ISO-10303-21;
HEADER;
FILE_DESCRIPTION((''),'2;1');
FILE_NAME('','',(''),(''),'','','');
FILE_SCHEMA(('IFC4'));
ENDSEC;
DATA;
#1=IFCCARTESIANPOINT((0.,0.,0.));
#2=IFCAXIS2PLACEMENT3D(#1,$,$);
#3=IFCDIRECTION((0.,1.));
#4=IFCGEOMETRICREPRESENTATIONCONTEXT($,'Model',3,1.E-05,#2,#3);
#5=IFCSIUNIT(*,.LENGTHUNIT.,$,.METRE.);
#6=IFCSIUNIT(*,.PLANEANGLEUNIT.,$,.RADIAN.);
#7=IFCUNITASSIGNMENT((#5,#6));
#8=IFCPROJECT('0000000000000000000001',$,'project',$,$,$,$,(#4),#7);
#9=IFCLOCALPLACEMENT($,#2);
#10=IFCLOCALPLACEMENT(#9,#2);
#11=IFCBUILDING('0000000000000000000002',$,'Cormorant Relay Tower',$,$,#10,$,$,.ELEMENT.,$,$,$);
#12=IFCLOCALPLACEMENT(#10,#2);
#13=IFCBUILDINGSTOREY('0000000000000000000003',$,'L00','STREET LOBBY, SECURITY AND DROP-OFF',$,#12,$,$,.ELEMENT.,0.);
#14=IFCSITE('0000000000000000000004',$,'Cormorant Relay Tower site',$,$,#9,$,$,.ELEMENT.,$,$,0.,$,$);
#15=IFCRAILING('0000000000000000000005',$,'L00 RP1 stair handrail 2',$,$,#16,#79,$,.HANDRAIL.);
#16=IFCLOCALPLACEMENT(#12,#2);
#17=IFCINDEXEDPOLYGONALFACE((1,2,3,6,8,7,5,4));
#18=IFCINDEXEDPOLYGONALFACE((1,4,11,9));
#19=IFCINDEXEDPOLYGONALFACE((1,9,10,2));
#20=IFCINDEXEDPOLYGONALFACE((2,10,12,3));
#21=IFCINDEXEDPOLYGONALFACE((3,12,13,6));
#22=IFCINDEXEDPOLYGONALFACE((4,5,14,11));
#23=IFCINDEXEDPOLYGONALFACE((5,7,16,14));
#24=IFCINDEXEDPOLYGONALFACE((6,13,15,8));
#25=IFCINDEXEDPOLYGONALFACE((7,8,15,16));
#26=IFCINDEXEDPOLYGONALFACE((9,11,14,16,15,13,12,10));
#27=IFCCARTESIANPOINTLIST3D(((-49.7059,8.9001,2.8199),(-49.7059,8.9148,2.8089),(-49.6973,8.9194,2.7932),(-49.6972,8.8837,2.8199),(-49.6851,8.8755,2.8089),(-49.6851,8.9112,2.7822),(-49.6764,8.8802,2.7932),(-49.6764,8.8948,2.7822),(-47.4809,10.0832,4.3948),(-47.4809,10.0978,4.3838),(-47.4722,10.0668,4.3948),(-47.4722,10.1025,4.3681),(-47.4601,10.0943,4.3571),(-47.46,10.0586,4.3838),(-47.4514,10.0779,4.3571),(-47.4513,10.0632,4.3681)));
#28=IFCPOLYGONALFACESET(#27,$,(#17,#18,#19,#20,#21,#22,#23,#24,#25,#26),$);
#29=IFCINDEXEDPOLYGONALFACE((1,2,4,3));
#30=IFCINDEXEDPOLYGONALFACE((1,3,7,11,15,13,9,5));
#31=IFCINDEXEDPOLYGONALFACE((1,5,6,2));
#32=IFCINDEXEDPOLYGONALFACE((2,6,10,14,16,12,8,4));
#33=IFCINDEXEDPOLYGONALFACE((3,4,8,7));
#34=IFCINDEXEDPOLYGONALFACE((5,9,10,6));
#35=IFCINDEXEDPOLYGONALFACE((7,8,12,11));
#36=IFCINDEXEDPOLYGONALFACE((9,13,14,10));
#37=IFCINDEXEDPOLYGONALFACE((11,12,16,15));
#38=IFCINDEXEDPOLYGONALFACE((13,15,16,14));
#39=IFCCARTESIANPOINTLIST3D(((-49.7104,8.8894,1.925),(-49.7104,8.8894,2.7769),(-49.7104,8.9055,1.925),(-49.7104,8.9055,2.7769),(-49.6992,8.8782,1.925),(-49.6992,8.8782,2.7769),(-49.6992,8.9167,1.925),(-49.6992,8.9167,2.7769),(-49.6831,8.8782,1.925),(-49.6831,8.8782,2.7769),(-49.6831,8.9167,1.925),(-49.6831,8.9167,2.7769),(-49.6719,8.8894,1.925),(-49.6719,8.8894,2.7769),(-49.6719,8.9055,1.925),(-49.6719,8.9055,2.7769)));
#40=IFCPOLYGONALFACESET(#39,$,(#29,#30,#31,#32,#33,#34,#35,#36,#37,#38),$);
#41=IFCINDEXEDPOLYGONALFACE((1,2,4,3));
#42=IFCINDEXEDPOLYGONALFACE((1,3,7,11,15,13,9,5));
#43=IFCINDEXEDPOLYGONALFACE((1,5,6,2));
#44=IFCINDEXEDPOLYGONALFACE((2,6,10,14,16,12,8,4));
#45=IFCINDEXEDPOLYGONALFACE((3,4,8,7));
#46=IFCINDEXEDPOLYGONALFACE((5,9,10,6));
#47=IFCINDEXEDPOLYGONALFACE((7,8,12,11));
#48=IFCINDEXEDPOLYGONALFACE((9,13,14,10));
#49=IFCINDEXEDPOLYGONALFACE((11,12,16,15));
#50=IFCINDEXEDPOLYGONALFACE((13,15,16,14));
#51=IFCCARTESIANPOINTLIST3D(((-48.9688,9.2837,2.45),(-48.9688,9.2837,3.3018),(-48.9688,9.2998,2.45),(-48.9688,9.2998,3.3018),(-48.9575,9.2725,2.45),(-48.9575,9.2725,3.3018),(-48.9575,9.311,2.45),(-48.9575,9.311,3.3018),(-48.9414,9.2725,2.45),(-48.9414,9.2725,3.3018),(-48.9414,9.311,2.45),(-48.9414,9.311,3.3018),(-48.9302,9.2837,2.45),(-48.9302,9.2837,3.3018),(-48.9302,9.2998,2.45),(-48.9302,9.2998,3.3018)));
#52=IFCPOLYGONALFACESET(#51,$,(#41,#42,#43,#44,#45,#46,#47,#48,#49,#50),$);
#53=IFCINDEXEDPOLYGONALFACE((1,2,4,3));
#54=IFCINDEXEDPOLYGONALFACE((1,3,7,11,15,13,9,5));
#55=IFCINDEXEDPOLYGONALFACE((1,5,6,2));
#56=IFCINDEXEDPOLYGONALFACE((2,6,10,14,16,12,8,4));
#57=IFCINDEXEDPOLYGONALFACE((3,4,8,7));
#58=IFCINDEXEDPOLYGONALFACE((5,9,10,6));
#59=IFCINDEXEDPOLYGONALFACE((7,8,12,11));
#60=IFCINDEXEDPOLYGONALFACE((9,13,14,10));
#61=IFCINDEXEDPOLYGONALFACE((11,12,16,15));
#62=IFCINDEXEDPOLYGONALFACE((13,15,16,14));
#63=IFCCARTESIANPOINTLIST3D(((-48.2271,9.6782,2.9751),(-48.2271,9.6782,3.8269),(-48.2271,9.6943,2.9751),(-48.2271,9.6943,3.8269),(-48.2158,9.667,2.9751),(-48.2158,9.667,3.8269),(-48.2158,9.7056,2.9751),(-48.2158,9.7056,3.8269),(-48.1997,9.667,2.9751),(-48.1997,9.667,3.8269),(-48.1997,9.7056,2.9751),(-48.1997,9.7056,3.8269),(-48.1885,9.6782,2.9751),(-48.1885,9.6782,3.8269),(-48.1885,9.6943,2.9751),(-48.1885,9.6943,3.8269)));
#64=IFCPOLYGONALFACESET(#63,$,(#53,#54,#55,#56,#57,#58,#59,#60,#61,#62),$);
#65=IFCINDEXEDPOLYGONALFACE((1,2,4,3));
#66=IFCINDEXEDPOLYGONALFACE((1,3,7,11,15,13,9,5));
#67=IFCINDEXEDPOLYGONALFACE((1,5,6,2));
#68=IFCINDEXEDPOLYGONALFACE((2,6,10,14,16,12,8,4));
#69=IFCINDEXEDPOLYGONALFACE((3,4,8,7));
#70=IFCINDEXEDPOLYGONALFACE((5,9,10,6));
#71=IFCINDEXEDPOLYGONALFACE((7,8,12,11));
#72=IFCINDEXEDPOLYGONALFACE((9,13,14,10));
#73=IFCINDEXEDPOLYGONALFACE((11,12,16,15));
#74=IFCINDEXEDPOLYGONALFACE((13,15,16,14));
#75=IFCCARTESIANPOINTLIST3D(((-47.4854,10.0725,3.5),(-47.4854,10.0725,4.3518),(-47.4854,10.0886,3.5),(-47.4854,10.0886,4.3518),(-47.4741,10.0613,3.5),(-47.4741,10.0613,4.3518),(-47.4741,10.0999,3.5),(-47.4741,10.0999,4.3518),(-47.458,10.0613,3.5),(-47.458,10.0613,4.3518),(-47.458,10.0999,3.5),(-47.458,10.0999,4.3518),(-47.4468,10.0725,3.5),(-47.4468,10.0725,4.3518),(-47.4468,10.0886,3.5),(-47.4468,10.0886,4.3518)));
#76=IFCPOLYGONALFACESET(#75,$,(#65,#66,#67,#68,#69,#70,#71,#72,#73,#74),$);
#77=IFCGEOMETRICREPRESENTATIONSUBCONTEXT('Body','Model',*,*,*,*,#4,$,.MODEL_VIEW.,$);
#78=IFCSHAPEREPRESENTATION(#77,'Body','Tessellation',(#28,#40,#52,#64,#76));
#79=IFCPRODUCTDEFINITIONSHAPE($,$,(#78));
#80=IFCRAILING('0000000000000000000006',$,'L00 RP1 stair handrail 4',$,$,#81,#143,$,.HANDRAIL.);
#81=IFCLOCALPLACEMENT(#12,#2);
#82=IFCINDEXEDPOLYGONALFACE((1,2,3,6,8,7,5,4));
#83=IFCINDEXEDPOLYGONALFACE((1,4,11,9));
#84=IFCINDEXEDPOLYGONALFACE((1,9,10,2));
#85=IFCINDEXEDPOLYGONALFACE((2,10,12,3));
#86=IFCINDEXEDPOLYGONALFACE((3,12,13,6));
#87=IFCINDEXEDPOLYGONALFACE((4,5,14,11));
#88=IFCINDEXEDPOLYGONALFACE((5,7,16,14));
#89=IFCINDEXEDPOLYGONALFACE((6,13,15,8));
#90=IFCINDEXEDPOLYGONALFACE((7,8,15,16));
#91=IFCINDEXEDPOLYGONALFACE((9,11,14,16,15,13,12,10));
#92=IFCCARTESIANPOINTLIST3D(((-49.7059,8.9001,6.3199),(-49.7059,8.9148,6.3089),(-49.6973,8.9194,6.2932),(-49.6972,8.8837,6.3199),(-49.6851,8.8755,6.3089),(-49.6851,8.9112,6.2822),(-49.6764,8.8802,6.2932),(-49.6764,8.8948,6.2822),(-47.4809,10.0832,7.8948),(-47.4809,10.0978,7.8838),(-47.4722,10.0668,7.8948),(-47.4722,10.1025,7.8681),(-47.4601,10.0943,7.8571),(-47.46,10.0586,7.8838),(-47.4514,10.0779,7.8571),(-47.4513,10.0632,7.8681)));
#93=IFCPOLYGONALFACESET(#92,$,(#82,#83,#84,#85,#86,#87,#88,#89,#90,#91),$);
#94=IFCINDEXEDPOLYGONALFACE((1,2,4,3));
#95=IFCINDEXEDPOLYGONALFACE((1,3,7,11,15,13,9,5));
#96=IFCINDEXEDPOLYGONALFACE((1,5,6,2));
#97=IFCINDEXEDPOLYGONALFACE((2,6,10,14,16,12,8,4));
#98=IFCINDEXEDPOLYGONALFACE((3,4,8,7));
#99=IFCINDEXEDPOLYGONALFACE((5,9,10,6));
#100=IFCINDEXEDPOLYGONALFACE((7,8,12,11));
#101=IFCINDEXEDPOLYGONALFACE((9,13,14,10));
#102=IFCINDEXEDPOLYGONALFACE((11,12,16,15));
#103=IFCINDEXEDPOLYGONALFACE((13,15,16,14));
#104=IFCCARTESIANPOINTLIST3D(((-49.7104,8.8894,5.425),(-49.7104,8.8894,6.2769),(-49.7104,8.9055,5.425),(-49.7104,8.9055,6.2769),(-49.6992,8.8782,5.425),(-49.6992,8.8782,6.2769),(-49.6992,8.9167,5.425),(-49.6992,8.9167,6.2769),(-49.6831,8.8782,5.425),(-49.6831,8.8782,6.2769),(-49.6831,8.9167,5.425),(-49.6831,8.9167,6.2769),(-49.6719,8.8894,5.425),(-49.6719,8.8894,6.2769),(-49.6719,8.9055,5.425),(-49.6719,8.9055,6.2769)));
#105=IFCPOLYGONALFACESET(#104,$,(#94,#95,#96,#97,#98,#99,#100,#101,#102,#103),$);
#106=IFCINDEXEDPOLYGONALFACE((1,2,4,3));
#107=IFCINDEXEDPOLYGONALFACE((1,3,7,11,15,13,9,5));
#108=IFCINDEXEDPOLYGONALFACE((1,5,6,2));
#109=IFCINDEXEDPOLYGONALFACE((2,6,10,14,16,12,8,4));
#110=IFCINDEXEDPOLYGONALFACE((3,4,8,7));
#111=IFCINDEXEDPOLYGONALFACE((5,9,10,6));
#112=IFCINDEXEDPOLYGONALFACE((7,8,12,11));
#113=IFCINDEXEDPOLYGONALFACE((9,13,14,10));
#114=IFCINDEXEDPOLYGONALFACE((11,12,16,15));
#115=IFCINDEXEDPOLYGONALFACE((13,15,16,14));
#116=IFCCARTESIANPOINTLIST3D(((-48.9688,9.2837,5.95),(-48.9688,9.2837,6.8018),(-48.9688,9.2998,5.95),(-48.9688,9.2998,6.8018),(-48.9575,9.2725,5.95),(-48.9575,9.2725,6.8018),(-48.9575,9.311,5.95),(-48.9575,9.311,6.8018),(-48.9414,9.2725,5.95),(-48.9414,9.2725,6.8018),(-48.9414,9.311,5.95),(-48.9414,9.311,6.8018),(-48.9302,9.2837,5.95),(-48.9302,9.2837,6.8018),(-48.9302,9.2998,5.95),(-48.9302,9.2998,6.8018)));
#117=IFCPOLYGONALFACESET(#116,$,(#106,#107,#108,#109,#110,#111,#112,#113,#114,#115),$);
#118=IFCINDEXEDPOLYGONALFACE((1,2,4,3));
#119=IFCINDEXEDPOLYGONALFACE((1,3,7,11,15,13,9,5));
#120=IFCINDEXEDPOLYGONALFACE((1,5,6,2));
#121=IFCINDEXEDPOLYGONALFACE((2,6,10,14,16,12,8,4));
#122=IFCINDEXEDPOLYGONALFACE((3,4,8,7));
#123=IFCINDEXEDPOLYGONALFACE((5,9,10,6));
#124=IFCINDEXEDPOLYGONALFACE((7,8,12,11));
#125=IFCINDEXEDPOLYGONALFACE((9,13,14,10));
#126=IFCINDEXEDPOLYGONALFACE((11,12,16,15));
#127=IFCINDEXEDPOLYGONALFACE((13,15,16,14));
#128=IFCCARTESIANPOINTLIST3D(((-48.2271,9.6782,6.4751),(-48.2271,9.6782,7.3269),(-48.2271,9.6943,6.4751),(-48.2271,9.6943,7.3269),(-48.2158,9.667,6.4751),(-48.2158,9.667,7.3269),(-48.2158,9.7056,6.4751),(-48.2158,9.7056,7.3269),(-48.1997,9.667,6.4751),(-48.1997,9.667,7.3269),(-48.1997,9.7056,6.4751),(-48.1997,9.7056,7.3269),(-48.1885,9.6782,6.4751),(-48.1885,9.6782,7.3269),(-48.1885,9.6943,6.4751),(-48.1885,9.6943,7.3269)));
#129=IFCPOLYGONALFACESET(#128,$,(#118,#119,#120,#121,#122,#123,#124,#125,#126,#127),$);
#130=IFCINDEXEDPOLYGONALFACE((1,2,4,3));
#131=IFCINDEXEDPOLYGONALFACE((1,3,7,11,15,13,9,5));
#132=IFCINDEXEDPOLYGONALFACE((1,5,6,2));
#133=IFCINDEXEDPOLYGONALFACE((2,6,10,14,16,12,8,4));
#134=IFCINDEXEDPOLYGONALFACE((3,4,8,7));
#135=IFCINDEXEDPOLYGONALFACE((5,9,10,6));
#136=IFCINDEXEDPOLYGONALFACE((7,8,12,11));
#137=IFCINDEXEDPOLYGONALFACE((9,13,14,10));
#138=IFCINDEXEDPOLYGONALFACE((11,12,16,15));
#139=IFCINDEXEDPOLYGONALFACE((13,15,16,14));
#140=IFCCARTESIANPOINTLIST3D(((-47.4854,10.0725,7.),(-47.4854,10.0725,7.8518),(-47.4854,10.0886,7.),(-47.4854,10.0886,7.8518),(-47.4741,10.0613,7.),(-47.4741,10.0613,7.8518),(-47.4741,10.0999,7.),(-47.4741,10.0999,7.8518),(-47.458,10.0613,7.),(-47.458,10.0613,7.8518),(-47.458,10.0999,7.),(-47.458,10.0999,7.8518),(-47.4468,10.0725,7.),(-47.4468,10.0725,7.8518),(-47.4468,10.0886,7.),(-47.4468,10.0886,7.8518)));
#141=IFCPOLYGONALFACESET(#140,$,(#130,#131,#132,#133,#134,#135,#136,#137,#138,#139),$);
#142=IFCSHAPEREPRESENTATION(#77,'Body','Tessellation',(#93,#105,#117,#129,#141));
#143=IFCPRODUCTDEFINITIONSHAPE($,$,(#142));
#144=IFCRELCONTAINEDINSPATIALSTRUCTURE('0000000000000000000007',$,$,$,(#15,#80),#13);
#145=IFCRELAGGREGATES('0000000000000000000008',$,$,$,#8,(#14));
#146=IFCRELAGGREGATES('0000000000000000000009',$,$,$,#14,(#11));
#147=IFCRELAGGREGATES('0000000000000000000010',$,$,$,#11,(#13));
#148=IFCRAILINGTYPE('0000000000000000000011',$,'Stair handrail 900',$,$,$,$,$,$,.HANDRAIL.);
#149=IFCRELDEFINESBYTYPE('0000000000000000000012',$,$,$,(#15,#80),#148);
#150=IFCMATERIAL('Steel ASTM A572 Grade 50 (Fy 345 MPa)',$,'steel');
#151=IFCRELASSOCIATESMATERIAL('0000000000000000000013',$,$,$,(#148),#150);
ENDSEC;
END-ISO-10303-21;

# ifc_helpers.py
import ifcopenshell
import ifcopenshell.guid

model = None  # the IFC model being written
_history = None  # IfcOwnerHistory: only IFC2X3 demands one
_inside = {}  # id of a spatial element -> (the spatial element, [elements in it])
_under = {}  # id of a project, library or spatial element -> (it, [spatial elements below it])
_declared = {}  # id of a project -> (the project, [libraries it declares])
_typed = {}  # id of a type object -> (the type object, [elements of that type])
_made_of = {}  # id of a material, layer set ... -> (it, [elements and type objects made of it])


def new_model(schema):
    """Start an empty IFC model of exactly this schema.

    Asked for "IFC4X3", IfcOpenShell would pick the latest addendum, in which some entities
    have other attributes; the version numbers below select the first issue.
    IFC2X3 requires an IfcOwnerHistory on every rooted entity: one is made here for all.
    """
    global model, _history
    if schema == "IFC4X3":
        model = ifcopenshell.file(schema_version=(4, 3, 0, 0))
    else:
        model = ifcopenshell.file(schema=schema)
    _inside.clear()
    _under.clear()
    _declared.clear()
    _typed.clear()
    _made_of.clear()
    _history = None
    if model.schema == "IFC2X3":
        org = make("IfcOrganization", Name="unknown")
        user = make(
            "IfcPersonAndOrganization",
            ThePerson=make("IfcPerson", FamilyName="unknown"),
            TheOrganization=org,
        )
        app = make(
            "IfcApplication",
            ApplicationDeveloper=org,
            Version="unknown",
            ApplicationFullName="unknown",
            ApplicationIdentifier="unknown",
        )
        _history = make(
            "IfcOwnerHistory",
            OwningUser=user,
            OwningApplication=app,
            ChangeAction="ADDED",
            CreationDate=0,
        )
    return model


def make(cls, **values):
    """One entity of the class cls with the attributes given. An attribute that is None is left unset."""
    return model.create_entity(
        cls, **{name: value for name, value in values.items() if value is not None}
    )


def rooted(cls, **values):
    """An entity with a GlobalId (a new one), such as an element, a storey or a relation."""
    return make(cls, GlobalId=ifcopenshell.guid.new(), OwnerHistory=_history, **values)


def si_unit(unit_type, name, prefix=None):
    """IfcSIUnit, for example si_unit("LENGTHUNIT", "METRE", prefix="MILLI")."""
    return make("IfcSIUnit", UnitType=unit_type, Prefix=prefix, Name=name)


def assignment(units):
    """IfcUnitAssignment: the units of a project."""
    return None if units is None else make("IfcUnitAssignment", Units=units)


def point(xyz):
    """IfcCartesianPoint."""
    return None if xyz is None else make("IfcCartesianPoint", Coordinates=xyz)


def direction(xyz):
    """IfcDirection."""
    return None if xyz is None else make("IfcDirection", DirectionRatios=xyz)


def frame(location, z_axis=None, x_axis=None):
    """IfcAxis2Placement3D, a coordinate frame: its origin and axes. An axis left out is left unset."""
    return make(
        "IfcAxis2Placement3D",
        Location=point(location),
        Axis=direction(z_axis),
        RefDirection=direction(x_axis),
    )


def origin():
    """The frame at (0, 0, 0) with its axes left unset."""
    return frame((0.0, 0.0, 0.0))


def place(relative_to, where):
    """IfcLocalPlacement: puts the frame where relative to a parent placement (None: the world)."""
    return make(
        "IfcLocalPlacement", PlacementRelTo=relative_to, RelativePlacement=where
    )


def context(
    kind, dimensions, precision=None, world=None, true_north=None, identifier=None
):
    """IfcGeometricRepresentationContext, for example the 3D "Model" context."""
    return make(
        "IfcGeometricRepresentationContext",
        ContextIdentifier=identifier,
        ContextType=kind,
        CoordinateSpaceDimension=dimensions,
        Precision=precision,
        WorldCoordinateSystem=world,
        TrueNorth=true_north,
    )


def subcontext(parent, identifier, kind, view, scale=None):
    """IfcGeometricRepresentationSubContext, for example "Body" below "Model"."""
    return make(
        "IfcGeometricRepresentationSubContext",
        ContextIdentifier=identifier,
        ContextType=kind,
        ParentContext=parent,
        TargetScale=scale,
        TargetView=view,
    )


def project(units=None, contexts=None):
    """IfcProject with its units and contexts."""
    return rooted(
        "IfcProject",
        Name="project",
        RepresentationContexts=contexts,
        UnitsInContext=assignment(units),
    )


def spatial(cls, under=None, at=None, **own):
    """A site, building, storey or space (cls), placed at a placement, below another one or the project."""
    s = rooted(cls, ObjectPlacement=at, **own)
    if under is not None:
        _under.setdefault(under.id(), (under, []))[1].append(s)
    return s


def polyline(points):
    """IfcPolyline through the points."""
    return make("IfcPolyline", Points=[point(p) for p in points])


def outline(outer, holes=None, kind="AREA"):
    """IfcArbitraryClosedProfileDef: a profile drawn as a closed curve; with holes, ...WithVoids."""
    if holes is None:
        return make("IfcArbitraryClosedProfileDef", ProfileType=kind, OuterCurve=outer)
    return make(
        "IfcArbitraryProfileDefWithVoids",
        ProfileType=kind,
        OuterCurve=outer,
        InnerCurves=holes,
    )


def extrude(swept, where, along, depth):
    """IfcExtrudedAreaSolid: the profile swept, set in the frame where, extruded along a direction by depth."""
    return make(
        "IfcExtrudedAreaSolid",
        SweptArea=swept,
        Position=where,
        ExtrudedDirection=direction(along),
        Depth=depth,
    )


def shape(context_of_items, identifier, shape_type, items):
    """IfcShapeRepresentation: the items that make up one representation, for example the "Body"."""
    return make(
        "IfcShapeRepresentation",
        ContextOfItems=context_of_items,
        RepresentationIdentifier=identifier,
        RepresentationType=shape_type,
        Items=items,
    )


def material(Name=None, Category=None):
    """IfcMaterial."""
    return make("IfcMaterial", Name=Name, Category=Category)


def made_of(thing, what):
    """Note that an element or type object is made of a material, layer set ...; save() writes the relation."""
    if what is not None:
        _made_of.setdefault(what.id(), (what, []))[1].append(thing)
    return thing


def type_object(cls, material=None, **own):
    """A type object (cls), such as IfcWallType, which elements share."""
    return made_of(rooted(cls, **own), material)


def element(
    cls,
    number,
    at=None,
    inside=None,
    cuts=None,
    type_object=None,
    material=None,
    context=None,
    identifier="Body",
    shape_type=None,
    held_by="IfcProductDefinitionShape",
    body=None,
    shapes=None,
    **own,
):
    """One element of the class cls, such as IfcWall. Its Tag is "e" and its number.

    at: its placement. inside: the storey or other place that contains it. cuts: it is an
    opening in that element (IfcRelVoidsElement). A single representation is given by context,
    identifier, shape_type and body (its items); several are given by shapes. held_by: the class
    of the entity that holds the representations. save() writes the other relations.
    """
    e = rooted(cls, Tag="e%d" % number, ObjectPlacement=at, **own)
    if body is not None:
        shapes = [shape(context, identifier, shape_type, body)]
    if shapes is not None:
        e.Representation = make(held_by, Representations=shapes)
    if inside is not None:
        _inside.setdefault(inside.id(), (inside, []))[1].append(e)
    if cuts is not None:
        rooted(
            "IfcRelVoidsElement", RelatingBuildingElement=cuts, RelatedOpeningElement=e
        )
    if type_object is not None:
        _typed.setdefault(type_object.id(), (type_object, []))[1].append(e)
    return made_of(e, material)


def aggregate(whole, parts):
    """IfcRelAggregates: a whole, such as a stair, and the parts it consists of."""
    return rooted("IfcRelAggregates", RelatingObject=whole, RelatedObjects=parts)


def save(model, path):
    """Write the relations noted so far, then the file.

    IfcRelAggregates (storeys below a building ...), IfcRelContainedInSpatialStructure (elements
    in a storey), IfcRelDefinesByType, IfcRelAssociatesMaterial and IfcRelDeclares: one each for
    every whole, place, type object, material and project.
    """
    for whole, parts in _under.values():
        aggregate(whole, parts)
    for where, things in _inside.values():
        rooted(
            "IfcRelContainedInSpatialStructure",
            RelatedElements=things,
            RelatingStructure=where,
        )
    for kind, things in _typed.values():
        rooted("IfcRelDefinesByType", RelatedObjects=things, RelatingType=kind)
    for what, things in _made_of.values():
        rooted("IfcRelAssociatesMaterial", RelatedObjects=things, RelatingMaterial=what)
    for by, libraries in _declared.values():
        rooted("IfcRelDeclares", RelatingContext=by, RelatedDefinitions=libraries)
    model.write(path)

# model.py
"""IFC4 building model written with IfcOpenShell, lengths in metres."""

from ifc_helpers import new_model, si_unit, direction, frame, origin, place, context, subcontext, project, spatial, polyline, outline, extrude, material, type_object, element, save


model = new_model("IFC4")

# Units and contexts
model_context = context("Model", 3, precision=1e-05, world=origin(), true_north=direction((0.0, 1.0)))
body_context = subcontext(model_context, "Body", "Model", "MODEL_VIEW")
ifc_project = project(units=[si_unit("LENGTHUNIT", "METRE"), si_unit("PLANEANGLEUNIT", "RADIAN")], contexts=[model_context])

# Site, building, storey
site_placement = place(None, origin())
site = spatial("IfcSite", under=ifc_project, at=site_placement, Name="Cormorant Relay Tower site", CompositionType="ELEMENT", RefElevation=0.0)
building_placement = place(site_placement, origin())
building = spatial("IfcBuilding", under=site, at=building_placement, Name="Cormorant Relay Tower", CompositionType="ELEMENT")
storey_placement = place(building_placement, origin())
storey = spatial("IfcBuildingStorey", under=building, at=storey_placement, Name="L00", Description="STREET LOBBY, SECURITY AND DROP-OFF", CompositionType="ELEMENT", Elevation=0.0)

# Railings
ifc_material_1 = material(Name="Steel ASTM A572 Grade 50 (Fy 345 MPa)", Category="steel")
railing_type_1 = type_object("IfcRailingType", Name="Stair handrail 900", PredefinedType="HANDRAIL", material=ifc_material_1)
railing_1_placement = place(storey_placement, frame((-49.6912, 8.8975, 1.925)))
element("IfcRailing", 1, at=railing_1_placement, inside=storey, type_object=railing_type_1, Name="L00 RP1 stair handrail 2", PredefinedType="HANDRAIL", context=body_context, shape_type="SweptSolid", body=[
    extrude(outline(polyline([(0.0222, 0.0093), (0.0093, 0.0222), (-0.0093, 0.0222), (-0.0222, 0.0093), (-0.0222, -0.0093), (-0.0093, -0.0222), (0.0093, -0.0222), (0.0222, -0.0093), (0.0222, 0.0093)])), frame((0.0, 0.0, 0.876), z_axis=(0.748751, 0.398118, 0.529975), x_axis=(-0.469472, 0.882948, 0.0)), (0.0, 0.0, 1.0), 2.9717),
    extrude(outline(polyline([(0.0193, 0.0081), (0.0081, 0.0193), (-0.0081, 0.0193), (-0.0193, 0.0081), (-0.0193, -0.0081), (-0.0081, -0.0193), (0.0081, -0.0193), (0.0193, -0.0081), (0.0193, 0.0081)])), origin(), (0.0, 0.0, 1.0), 0.8518),
    extrude(outline(polyline([(0.0193, 0.0081), (0.0081, 0.0193), (-0.0081, 0.0193), (-0.0193, 0.0081), (-0.0193, -0.0081), (-0.0081, -0.0193), (0.0081, -0.0193), (0.0193, -0.0081), (0.0193, 0.0081)])), frame((0.7417, 0.3943, 0.5249)), (0.0, 0.0, 1.0), 0.8518),
    extrude(outline(polyline([(0.0193, 0.0081), (0.0081, 0.0193), (-0.0081, 0.0193), (-0.0193, 0.0081), (-0.0193, -0.0081), (-0.0081, -0.0193), (0.0081, -0.0193), (0.0193, -0.0081), (0.0193, 0.0081)])), frame((1.4834, 0.7888, 1.05)), (0.0, 0.0, 1.0), 0.8518),
    extrude(outline(polyline([(0.0193, 0.0081), (0.0081, 0.0193), (-0.0081, 0.0193), (-0.0193, 0.0081), (-0.0193, -0.0081), (-0.0081, -0.0193), (0.0081, -0.0193), (0.0193, -0.0081), (0.0193, 0.0081)])), frame((2.2251, 1.1831, 1.575)), (0.0, 0.0, 1.0), 0.8518),
])
railing_2_placement = place(storey_placement, frame((-49.6912, 8.8975, 5.425)))
element("IfcRailing", 2, at=railing_2_placement, inside=storey, type_object=railing_type_1, Name="L00 RP1 stair handrail 4", PredefinedType="HANDRAIL", context=body_context, shape_type="SweptSolid", body=[
    extrude(outline(polyline([(0.0222, 0.0093), (0.0093, 0.0222), (-0.0093, 0.0222), (-0.0222, 0.0093), (-0.0222, -0.0093), (-0.0093, -0.0222), (0.0093, -0.0222), (0.0222, -0.0093), (0.0222, 0.0093)])), frame((0.0, 0.0, 0.876), z_axis=(0.748751, 0.398118, 0.529975), x_axis=(-0.469472, 0.882948, 0.0)), (0.0, 0.0, 1.0), 2.9717),
    extrude(outline(polyline([(0.0193, 0.0081), (0.0081, 0.0193), (-0.0081, 0.0193), (-0.0193, 0.0081), (-0.0193, -0.0081), (-0.0081, -0.0193), (0.0081, -0.0193), (0.0193, -0.0081), (0.0193, 0.0081)])), origin(), (0.0, 0.0, 1.0), 0.8518),
    extrude(outline(polyline([(0.0193, 0.0081), (0.0081, 0.0193), (-0.0081, 0.0193), (-0.0193, 0.0081), (-0.0193, -0.0081), (-0.0081, -0.0193), (0.0081, -0.0193), (0.0193, -0.0081), (0.0193, 0.0081)])), frame((0.7417, 0.3943, 0.5249)), (0.0, 0.0, 1.0), 0.8518),
    extrude(outline(polyline([(0.0193, 0.0081), (0.0081, 0.0193), (-0.0081, 0.0193), (-0.0193, 0.0081), (-0.0193, -0.0081), (-0.0081, -0.0193), (0.0081, -0.0193), (0.0193, -0.0081), (0.0193, 0.0081)])), frame((1.4834, 0.7888, 1.05)), (0.0, 0.0, 1.0), 0.8518),
    extrude(outline(polyline([(0.0193, 0.0081), (0.0081, 0.0193), (-0.0081, 0.0193), (-0.0193, 0.0081), (-0.0193, -0.0081), (-0.0081, -0.0193), (0.0081, -0.0193), (0.0193, -0.0081), (0.0193, 0.0081)])), frame((2.2251, 1.1831, 1.575)), (0.0, 0.0, 1.0), 0.8518),
])

save(model, "model.ifc")
